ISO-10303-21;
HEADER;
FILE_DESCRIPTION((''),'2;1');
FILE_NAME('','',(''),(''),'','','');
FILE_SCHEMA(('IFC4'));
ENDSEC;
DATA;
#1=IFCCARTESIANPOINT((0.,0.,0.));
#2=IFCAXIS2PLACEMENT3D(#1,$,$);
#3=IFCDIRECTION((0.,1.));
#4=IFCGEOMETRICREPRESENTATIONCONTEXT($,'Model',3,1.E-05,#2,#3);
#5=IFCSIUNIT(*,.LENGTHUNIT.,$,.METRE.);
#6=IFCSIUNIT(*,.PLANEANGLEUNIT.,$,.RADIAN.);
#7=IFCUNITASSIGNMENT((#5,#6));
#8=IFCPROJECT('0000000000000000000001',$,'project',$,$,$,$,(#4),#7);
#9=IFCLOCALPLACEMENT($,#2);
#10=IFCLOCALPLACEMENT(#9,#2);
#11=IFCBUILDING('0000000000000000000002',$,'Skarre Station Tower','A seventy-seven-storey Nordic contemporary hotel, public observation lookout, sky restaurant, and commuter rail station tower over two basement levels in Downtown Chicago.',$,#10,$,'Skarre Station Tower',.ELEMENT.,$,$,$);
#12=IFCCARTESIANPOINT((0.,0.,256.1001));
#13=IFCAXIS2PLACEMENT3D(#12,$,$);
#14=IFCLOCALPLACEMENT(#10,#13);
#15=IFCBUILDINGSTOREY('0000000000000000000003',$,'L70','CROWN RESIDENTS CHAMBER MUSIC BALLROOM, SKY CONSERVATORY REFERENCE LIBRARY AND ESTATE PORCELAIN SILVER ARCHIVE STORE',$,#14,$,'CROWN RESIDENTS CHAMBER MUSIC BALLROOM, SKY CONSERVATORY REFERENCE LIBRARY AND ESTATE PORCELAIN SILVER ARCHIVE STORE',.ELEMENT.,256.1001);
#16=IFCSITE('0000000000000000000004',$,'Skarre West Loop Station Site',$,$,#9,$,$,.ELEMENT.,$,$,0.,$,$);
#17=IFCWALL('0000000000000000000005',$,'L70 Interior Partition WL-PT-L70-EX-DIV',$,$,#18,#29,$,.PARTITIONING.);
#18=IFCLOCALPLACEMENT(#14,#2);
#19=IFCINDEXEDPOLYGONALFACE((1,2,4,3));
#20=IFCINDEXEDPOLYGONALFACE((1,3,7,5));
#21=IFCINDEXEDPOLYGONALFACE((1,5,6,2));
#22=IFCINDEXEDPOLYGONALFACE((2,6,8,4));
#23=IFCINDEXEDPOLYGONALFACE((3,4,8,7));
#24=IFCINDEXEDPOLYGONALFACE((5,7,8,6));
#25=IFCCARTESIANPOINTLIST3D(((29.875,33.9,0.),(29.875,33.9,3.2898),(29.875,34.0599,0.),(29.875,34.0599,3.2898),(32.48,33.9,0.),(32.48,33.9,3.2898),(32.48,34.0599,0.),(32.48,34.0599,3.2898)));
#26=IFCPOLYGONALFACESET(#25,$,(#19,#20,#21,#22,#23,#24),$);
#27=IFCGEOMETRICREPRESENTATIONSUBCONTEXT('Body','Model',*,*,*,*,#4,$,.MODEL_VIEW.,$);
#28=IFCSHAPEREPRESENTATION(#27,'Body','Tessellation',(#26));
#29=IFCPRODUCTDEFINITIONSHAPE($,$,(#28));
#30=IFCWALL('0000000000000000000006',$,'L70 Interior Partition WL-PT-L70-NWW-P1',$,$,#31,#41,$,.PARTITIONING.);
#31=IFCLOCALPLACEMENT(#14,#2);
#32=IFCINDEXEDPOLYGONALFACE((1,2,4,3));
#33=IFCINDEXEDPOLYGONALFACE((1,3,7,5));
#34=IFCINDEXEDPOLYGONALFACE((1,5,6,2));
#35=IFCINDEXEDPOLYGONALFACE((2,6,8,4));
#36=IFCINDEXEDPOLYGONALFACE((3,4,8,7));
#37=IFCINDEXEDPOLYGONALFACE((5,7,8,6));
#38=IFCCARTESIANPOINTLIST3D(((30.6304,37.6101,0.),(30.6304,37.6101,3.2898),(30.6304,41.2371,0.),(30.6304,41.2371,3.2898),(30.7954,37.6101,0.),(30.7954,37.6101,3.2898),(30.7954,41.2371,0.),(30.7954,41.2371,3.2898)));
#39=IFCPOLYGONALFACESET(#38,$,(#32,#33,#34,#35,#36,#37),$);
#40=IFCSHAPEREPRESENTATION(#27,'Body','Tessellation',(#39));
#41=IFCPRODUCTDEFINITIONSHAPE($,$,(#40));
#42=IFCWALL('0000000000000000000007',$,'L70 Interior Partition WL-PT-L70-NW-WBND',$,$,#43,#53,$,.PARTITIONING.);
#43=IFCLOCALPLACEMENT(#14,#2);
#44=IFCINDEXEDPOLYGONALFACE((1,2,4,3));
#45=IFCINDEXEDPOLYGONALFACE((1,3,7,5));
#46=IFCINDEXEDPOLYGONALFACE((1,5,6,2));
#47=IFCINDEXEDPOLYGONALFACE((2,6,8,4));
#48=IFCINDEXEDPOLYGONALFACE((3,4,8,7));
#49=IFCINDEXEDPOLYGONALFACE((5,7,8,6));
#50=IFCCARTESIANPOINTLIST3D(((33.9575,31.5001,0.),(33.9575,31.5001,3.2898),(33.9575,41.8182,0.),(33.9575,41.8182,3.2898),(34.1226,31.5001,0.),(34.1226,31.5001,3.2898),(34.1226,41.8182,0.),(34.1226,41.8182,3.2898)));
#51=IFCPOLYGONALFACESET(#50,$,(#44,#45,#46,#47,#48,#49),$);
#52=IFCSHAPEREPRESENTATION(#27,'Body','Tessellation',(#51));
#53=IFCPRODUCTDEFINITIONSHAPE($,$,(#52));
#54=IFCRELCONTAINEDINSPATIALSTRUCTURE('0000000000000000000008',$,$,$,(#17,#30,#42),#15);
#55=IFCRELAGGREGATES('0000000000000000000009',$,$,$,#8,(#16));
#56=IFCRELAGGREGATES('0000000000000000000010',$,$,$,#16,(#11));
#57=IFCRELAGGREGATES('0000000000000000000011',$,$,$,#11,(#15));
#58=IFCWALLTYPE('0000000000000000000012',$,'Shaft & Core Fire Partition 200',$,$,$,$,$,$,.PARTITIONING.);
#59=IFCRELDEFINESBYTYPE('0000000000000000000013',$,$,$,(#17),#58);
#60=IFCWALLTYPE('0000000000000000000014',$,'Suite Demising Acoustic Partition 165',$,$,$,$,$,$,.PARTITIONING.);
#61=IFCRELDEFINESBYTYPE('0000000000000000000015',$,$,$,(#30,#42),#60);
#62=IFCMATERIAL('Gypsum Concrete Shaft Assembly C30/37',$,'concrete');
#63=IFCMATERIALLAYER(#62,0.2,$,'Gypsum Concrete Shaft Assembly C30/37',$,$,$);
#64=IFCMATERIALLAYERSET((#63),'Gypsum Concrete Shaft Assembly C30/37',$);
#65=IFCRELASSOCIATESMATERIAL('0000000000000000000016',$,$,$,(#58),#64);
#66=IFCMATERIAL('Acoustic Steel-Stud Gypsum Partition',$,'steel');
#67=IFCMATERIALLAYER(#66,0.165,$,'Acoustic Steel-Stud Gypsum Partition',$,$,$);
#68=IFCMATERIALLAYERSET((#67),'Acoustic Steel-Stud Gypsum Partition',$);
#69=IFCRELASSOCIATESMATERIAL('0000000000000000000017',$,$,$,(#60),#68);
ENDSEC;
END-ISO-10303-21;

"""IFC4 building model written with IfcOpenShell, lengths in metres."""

from ifc_helpers import new_model, si_unit, direction, frame, frame_2d, origin, place, context, subcontext, project, spatial, rectangle, extrude, material, layer, layer_set, type_object, element, save


model = new_model("IFC4")

# Units and contexts
model_context = context("Model", 3, precision=1e-05, world=origin(), true_north=direction((0.0, 1.0)))
body_context = subcontext(model_context, "Body", "Model", "MODEL_VIEW")
ifc_project = project(units=[si_unit("LENGTHUNIT", "METRE"), si_unit("PLANEANGLEUNIT", "RADIAN")], contexts=[model_context])

# Site, building, storey
site_placement = place(None, origin())
site = spatial("IfcSite", under=ifc_project, at=site_placement, Name="Skarre West Loop Station Site", CompositionType="ELEMENT", RefElevation=0.0)
building_placement = place(site_placement, origin())
building = spatial("IfcBuilding", under=site, at=building_placement, Name="Skarre Station Tower", Description="A seventy-seven-storey Nordic contemporary hotel, public observation lookout, sky restaurant, and commuter rail station tower over two basement levels in Downtown Chicago.", LongName="Skarre Station Tower", CompositionType="ELEMENT")
storey_placement = place(building_placement, frame((0.0, 0.0, 256.1001)))
storey = spatial("IfcBuildingStorey", under=building, at=storey_placement, Name="L70", Description="CROWN RESIDENTS CHAMBER MUSIC BALLROOM, SKY CONSERVATORY REFERENCE LIBRARY AND ESTATE PORCELAIN SILVER ARCHIVE STORE", LongName="CROWN RESIDENTS CHAMBER MUSIC BALLROOM, SKY CONSERVATORY REFERENCE LIBRARY AND ESTATE PORCELAIN SILVER ARCHIVE STORE", CompositionType="ELEMENT", Elevation=256.1001)

# Shared definitions
ifc_material_1 = material(Name="Acoustic Steel-Stud Gypsum Partition", Category="steel")

# Walls
ifc_material_2 = material(Name="Gypsum Concrete Shaft Assembly C30/37", Category="concrete")
ifc_layer_1 = layer(ifc_material_2, 0.2, Name="Gypsum Concrete Shaft Assembly C30/37")
ifc_layer_set_1 = layer_set([ifc_layer_1], Name="Gypsum Concrete Shaft Assembly C30/37")
wall_type_1 = type_object("IfcWallType", Name="Shaft & Core Fire Partition 200", PredefinedType="PARTITIONING", material=ifc_layer_set_1)
wall_1_placement = place(storey_placement, frame((29.875, 33.98, 0.0), z_axis=(0.0, 0.0, 1.0), x_axis=(1.0, 0.0, 0.0)))
element("IfcWall", 1, at=wall_1_placement, inside=storey, type_object=wall_type_1, Name="L70 Interior Partition WL-PT-L70-EX-DIV", PredefinedType="PARTITIONING", context=body_context, shape_type="SweptSolid", body=[
    extrude(rectangle(XDim=2.605, YDim=0.1599, at=frame_2d((1.3025, 0.0))), origin(), (0.0, 0.0, 1.0), 3.2898),
])
ifc_layer_2 = layer(ifc_material_1, 0.165, Name="Acoustic Steel-Stud Gypsum Partition")
ifc_layer_set_2 = layer_set([ifc_layer_2], Name="Acoustic Steel-Stud Gypsum Partition")
wall_type_2 = type_object("IfcWallType", Name="Suite Demising Acoustic Partition 165", PredefinedType="PARTITIONING", material=ifc_layer_set_2)
wall_2_placement = place(storey_placement, frame((30.7129, 37.6101, 0.0), z_axis=(0.0, 0.0, 1.0), x_axis=(0.0, 1.0, 0.0)))
element("IfcWall", 2, at=wall_2_placement, inside=storey, type_object=wall_type_2, Name="L70 Interior Partition WL-PT-L70-NWW-P1", PredefinedType="PARTITIONING", context=body_context, shape_type="SweptSolid", body=[
    extrude(rectangle(XDim=3.627, YDim=0.165, at=frame_2d((1.8135, 0.0))), origin(), (0.0, 0.0, 1.0), 3.2898),
])
wall_3_placement = place(storey_placement, frame((34.04, 31.5, 0.0), z_axis=(0.0, 0.0, 1.0), x_axis=(0.0, 1.0, 0.0)))
element("IfcWall", 3, at=wall_3_placement, inside=storey, type_object=wall_type_2, Name="L70 Interior Partition WL-PT-L70-NW-WBND", PredefinedType="PARTITIONING", context=body_context, shape_type="SweptSolid", body=[
    extrude(rectangle(XDim=10.3181, YDim=0.165, at=frame_2d((5.1592, 0.0))), origin(), (0.0, 0.0, 1.0), 3.2898),
])

save(model, "model.ifc")
